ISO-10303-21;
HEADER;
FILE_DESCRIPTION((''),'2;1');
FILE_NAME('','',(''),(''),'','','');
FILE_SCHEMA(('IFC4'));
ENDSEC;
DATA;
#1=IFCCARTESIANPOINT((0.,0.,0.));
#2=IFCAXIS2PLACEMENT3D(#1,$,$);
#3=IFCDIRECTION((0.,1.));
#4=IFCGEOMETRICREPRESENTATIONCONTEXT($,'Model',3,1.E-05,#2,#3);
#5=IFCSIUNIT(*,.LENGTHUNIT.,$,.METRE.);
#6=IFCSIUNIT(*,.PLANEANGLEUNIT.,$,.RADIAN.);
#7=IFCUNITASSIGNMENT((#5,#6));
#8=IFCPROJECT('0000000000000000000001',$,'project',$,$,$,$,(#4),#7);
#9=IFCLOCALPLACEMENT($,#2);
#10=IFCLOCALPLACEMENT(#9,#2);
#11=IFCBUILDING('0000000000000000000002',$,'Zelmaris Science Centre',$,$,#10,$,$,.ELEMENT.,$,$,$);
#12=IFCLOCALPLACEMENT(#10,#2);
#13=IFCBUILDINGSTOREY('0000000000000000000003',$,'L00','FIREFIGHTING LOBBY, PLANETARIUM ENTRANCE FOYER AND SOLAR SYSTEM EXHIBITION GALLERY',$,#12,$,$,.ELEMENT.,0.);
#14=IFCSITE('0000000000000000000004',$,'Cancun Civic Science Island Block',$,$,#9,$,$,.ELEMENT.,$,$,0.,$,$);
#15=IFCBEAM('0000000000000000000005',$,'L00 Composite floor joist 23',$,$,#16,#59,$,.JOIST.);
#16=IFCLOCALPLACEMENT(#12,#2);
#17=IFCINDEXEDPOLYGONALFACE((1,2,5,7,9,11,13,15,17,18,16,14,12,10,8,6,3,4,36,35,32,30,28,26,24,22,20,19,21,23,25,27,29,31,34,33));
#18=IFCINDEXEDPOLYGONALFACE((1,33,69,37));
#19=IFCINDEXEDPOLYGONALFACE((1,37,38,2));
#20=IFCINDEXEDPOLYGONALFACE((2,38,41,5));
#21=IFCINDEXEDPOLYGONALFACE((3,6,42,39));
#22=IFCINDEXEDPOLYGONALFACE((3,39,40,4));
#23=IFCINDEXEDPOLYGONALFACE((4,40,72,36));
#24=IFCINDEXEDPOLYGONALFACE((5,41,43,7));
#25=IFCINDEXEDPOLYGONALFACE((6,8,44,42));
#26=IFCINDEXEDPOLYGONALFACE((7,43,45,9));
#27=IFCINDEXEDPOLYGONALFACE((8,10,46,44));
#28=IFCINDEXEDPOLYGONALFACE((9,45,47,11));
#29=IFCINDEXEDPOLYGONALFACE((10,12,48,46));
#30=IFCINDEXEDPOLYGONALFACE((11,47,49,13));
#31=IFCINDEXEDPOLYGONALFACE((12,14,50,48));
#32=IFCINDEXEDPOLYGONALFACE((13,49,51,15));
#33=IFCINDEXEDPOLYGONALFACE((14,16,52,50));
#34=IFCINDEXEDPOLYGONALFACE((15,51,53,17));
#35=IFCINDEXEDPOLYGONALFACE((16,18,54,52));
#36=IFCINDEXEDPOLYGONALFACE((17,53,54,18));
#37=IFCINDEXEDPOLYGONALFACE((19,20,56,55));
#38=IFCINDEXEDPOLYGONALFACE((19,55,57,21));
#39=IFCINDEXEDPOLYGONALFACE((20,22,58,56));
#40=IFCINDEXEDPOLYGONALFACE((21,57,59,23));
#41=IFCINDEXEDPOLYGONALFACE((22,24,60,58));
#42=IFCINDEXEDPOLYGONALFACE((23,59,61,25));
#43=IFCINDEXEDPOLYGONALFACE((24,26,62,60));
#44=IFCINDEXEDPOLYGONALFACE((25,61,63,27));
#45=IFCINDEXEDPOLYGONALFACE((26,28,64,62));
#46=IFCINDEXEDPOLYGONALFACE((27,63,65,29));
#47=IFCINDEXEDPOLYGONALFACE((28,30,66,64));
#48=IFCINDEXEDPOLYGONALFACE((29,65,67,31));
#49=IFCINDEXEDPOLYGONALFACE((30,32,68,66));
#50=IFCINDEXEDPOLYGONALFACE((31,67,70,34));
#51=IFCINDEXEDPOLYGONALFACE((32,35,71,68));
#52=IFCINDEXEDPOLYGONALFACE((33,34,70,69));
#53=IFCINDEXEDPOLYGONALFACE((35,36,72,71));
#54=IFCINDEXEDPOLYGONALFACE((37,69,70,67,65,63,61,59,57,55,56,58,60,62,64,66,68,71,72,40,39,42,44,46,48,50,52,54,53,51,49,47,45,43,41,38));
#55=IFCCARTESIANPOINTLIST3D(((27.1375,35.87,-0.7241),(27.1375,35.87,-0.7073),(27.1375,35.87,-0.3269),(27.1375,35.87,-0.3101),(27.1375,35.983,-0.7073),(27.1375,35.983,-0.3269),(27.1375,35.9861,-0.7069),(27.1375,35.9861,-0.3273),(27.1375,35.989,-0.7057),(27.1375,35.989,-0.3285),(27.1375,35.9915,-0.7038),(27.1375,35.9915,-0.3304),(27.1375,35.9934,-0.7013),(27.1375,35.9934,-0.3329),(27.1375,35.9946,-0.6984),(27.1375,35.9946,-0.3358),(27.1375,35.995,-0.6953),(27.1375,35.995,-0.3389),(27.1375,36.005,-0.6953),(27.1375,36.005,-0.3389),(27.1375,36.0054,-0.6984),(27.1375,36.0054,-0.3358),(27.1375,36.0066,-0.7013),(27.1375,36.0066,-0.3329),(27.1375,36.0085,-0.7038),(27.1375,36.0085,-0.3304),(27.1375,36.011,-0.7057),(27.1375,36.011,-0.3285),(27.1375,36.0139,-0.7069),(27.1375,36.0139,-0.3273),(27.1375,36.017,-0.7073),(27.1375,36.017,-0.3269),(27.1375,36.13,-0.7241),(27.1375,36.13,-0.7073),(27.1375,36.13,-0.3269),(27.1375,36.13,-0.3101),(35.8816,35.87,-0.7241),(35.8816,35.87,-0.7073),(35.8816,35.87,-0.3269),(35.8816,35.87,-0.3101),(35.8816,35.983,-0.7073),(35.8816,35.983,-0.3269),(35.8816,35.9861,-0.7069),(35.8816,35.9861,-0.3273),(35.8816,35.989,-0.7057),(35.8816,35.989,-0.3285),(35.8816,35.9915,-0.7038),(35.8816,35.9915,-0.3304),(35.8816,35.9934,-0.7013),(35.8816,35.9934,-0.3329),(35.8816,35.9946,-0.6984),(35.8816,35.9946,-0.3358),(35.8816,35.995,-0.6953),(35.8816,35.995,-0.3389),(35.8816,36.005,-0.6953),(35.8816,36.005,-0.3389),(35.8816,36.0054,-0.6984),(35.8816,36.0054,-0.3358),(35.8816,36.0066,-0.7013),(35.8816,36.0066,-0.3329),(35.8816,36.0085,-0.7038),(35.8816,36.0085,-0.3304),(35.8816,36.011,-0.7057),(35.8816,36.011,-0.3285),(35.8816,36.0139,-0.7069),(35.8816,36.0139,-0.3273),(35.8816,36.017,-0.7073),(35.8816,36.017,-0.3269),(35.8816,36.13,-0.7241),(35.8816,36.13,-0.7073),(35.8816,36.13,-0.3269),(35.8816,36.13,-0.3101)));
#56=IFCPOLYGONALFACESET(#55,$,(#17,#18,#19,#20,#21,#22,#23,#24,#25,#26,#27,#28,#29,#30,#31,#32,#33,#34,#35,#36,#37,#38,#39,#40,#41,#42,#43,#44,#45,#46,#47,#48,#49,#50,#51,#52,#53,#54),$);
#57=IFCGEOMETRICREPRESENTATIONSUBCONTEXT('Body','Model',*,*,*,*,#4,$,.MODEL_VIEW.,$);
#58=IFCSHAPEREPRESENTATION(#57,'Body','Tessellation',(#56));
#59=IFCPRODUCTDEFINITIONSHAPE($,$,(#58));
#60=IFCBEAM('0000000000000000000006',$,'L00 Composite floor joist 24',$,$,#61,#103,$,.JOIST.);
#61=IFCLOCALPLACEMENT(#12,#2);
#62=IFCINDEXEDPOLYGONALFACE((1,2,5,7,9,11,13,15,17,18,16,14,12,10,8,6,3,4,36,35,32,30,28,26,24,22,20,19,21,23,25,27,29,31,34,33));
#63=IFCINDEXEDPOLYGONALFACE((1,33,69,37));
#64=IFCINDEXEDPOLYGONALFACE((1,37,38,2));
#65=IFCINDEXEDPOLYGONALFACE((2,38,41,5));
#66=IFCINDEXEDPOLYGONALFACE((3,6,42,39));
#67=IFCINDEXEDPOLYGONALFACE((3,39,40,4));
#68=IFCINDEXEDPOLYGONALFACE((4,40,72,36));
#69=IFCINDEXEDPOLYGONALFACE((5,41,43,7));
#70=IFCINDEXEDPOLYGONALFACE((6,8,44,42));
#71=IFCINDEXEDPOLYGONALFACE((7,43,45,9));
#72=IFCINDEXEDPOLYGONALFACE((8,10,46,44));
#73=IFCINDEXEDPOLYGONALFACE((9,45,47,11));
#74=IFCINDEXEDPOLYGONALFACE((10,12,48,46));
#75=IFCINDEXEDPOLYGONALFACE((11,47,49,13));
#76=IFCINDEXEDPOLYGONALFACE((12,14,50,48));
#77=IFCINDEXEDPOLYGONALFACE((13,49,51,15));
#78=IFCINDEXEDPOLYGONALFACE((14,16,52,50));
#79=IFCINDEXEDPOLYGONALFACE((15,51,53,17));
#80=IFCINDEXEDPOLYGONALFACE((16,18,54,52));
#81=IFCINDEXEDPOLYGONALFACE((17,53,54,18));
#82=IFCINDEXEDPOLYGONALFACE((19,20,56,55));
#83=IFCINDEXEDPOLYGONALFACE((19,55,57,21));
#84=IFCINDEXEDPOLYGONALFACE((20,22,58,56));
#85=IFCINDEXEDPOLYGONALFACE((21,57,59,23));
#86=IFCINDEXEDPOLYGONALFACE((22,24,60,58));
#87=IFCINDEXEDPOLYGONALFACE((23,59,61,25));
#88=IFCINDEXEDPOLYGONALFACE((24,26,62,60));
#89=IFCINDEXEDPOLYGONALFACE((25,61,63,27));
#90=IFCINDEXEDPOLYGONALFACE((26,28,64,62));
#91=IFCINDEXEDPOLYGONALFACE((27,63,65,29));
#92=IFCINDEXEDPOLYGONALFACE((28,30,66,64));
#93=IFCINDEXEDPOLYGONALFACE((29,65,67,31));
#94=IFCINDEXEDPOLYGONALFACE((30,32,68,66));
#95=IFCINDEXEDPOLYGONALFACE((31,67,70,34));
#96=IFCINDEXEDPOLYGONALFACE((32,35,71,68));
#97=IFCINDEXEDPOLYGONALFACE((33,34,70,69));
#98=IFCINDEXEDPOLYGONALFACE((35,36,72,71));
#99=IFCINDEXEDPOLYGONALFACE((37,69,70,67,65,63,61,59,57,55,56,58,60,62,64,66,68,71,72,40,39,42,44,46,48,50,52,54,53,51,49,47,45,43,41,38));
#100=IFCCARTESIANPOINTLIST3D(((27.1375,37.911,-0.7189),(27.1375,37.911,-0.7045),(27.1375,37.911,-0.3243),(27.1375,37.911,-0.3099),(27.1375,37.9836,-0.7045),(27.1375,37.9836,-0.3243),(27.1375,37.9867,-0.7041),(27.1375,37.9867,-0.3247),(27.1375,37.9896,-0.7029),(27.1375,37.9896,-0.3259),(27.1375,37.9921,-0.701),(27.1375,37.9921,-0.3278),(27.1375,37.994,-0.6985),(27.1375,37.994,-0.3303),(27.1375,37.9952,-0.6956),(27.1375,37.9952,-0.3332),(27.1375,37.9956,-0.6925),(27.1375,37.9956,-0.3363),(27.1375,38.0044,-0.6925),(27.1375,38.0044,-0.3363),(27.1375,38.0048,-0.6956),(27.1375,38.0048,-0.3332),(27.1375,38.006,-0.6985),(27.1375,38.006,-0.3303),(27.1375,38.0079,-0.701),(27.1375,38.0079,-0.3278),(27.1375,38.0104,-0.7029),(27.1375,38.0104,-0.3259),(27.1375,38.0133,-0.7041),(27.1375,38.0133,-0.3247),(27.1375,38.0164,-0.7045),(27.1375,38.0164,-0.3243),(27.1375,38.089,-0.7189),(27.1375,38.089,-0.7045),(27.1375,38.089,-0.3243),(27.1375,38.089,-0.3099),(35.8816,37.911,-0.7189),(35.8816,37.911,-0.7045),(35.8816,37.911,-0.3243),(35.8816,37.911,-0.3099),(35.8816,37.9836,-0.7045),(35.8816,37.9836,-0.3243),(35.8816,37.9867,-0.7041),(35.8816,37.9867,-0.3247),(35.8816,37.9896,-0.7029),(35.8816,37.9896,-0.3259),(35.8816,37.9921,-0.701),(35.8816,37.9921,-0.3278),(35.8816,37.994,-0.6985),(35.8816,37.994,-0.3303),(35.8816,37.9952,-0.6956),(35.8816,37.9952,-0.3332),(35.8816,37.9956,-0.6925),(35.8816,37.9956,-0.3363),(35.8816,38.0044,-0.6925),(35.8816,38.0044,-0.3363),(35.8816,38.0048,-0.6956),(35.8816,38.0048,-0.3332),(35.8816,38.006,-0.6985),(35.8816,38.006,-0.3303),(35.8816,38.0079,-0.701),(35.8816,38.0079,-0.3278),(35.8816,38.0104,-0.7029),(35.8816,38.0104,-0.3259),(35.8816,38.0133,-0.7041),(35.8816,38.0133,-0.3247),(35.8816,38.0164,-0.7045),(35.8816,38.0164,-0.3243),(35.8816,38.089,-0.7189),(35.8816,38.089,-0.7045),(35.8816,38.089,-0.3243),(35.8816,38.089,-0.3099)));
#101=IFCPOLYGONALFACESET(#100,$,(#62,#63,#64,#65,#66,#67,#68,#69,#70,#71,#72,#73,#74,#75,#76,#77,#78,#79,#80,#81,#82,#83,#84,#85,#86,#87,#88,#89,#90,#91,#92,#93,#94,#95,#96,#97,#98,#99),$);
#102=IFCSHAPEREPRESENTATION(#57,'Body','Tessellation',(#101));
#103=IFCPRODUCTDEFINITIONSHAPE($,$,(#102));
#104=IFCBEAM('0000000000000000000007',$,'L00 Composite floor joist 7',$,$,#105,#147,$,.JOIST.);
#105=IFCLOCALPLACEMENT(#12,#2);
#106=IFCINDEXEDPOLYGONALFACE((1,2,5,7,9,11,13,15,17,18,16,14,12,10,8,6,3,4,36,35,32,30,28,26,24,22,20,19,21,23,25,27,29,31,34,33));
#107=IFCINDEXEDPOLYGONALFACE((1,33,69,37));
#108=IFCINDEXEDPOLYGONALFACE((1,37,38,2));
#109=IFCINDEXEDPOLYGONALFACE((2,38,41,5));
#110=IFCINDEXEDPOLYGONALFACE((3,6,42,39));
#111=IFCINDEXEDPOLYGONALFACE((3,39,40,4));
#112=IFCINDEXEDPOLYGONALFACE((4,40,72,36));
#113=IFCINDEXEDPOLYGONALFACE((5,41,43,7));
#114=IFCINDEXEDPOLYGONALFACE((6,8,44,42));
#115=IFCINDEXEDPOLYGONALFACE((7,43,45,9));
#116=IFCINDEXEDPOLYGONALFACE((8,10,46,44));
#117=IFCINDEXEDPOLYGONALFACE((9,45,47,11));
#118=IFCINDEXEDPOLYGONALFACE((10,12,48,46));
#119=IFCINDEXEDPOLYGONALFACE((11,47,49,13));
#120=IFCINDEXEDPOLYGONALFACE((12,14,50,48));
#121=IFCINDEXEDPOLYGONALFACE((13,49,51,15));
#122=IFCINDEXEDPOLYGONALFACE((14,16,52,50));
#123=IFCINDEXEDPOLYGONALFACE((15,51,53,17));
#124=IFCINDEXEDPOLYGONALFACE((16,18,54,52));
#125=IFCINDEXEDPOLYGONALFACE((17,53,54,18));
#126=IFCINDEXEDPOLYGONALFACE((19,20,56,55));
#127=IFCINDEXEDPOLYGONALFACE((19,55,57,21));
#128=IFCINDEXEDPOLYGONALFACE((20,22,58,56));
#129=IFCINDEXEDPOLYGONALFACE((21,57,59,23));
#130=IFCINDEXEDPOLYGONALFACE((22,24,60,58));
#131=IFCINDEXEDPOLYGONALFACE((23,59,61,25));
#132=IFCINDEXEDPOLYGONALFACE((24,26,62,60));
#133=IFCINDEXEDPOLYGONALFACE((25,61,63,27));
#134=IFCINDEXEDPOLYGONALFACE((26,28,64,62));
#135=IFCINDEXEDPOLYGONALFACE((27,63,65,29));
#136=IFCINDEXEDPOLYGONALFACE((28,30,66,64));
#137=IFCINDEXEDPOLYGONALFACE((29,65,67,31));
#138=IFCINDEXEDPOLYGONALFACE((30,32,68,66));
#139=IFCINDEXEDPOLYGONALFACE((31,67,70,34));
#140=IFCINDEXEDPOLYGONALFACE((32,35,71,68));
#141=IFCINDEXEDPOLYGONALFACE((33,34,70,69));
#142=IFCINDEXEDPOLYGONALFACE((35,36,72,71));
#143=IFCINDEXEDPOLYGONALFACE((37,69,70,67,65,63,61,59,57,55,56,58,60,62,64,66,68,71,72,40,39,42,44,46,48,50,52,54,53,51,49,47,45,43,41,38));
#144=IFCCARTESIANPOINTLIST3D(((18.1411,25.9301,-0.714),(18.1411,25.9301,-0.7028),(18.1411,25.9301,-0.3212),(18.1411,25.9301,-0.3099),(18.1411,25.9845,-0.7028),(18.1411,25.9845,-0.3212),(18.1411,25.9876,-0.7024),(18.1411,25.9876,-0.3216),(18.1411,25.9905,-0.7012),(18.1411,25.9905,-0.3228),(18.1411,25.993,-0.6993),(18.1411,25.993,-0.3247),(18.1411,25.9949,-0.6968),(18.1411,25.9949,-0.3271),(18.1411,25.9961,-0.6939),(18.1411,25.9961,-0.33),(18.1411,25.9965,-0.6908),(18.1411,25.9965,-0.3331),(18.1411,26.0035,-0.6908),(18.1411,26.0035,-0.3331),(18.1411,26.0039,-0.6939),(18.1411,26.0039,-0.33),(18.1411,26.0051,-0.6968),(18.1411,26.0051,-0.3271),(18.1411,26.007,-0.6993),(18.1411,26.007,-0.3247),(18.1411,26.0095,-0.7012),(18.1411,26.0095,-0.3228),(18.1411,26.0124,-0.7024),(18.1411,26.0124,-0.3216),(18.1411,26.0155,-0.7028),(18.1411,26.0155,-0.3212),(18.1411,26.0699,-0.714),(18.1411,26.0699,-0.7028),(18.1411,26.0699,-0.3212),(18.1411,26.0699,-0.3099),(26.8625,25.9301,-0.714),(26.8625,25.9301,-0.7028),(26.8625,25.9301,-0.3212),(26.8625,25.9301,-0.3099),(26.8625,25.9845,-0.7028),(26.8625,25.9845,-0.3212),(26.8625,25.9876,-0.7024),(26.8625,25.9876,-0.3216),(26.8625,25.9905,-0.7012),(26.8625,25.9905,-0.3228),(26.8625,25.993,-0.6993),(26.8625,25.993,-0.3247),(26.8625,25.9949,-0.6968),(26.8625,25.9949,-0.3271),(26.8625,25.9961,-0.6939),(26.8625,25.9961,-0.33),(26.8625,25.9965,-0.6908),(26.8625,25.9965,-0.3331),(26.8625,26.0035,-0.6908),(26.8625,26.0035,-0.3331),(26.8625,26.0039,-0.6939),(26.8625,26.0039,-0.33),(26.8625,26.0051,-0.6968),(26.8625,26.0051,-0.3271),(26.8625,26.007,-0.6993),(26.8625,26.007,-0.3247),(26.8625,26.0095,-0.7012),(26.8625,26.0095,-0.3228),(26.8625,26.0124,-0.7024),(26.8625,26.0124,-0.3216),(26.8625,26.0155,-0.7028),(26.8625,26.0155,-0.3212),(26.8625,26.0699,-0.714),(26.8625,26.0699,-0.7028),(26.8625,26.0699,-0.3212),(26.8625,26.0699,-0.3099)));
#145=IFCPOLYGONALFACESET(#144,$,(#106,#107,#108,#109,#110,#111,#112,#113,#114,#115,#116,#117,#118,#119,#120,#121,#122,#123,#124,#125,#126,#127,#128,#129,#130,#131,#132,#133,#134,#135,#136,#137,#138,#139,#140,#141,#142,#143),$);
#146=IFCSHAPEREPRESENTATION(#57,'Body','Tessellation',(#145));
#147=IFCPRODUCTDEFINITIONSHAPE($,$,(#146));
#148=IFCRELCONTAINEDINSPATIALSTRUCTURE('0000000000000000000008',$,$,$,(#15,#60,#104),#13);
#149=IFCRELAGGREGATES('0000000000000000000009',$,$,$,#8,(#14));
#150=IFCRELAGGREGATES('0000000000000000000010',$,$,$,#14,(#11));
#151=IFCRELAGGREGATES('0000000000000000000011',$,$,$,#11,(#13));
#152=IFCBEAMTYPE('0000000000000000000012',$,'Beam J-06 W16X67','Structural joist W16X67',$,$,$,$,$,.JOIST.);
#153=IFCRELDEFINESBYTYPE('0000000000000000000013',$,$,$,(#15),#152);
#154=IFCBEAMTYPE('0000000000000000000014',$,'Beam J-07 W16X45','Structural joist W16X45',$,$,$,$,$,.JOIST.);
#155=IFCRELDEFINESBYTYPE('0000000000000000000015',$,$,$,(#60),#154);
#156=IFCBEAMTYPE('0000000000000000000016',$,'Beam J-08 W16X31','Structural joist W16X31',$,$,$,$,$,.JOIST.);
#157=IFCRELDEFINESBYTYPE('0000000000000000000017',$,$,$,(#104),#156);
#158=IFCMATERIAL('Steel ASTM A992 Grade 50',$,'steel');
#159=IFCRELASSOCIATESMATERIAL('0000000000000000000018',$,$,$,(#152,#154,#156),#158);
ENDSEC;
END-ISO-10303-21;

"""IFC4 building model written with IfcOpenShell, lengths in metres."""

from ifc_helpers import new_model, si_unit, direction, frame, origin, origin_2d, place, context, subcontext, project, spatial, i_section, extrude, material, material_profile, profile_set, type_object, element, save


model = new_model("IFC4")

# Units and contexts
model_context = context("Model", 3, precision=1e-05, world=origin(), true_north=direction((0.0, 1.0)))
body_context = subcontext(model_context, "Body", "Model", "MODEL_VIEW")
ifc_project = project(units=[si_unit("LENGTHUNIT", "METRE"), si_unit("PLANEANGLEUNIT", "RADIAN")], contexts=[model_context])

# Site, building, storey
site_placement = place(None, origin())
site = spatial("IfcSite", under=ifc_project, at=site_placement, Name="Cancun Civic Science Island Block", CompositionType="ELEMENT", RefElevation=0.0)
building_placement = place(site_placement, origin())
building = spatial("IfcBuilding", under=site, at=building_placement, Name="Zelmaris Science Centre", CompositionType="ELEMENT")
storey_placement = place(building_placement, origin())
storey = spatial("IfcBuildingStorey", under=building, at=storey_placement, Name="L00", Description="FIREFIGHTING LOBBY, PLANETARIUM ENTRANCE FOYER AND SOLAR SYSTEM EXHIBITION GALLERY", CompositionType="ELEMENT", Elevation=0.0)

# Shared definitions
ifc_material_1 = material(Name="Steel ASTM A992 Grade 50", Category="steel")

# Beams
ifc_material_profile_1 = material_profile(ifc_material_1, i_section(OverallWidth=0.26, OverallDepth=0.4141, WebThickness=0.01, FlangeThickness=0.0168, FilletRadius=0.012, at=origin_2d()), Name="W16X67")
ifc_profile_set_1 = profile_set([ifc_material_profile_1], Name="Steel ASTM A992 Grade 50")
beam_type_1 = type_object("IfcBeamType", Name="Beam J-06 W16X67", Description="Structural joist W16X67", PredefinedType="JOIST", material=ifc_profile_set_1)
beam_1_placement = place(storey_placement, frame((27.1375, 36.0, -0.5171), z_axis=(1.0, 0.0, 0.0), x_axis=(0.0, 1.0, 0.0)))
element("IfcBeam", 1, at=beam_1_placement, inside=storey, type_object=beam_type_1, Name="L00 Composite floor joist 23", PredefinedType="JOIST", context=body_context, shape_type="SweptSolid", body=[
    extrude(i_section(OverallWidth=0.26, OverallDepth=0.4141, WebThickness=0.01, FlangeThickness=0.0168, FilletRadius=0.012, at=origin_2d()), origin(), (0.0, 0.0, 1.0), 8.7441),
])
ifc_material_profile_2 = material_profile(ifc_material_1, i_section(OverallWidth=0.178, OverallDepth=0.4089, WebThickness=0.0088, FlangeThickness=0.0144, FilletRadius=0.012, at=origin_2d()), Name="W16X45")
ifc_profile_set_2 = profile_set([ifc_material_profile_2], Name="Steel ASTM A992 Grade 50")
beam_type_2 = type_object("IfcBeamType", Name="Beam J-07 W16X45", Description="Structural joist W16X45", PredefinedType="JOIST", material=ifc_profile_set_2)
beam_2_placement = place(storey_placement, frame((27.1375, 38.0, -0.5144), z_axis=(1.0, 0.0, 0.0), x_axis=(0.0, 1.0, 0.0)))
element("IfcBeam", 2, at=beam_2_placement, inside=storey, type_object=beam_type_2, Name="L00 Composite floor joist 24", PredefinedType="JOIST", context=body_context, shape_type="SweptSolid", body=[
    extrude(i_section(OverallWidth=0.178, OverallDepth=0.4089, WebThickness=0.0088, FlangeThickness=0.0144, FilletRadius=0.012, at=origin_2d()), origin(), (0.0, 0.0, 1.0), 8.7441),
])
ifc_material_profile_3 = material_profile(ifc_material_1, i_section(OverallWidth=0.1399, OverallDepth=0.4041, WebThickness=0.0071, FlangeThickness=0.0112, FilletRadius=0.012, at=origin_2d()), Name="W16X31")
ifc_profile_set_3 = profile_set([ifc_material_profile_3], Name="Steel ASTM A992 Grade 50")
beam_type_3 = type_object("IfcBeamType", Name="Beam J-08 W16X31", Description="Structural joist W16X31", PredefinedType="JOIST", material=ifc_profile_set_3)
beam_3_placement = place(storey_placement, frame((18.1411, 26.0, -0.512), z_axis=(1.0, 0.0, 0.0), x_axis=(0.0, 1.0, 0.0)))
element("IfcBeam", 3, at=beam_3_placement, inside=storey, type_object=beam_type_3, Name="L00 Composite floor joist 7", PredefinedType="JOIST", context=body_context, shape_type="SweptSolid", body=[
    extrude(i_section(OverallWidth=0.1399, OverallDepth=0.4041, WebThickness=0.0071, FlangeThickness=0.0112, FilletRadius=0.012, at=origin_2d()), origin(), (0.0, 0.0, 1.0), 8.7214),
])

save(model, "model.ifc")
